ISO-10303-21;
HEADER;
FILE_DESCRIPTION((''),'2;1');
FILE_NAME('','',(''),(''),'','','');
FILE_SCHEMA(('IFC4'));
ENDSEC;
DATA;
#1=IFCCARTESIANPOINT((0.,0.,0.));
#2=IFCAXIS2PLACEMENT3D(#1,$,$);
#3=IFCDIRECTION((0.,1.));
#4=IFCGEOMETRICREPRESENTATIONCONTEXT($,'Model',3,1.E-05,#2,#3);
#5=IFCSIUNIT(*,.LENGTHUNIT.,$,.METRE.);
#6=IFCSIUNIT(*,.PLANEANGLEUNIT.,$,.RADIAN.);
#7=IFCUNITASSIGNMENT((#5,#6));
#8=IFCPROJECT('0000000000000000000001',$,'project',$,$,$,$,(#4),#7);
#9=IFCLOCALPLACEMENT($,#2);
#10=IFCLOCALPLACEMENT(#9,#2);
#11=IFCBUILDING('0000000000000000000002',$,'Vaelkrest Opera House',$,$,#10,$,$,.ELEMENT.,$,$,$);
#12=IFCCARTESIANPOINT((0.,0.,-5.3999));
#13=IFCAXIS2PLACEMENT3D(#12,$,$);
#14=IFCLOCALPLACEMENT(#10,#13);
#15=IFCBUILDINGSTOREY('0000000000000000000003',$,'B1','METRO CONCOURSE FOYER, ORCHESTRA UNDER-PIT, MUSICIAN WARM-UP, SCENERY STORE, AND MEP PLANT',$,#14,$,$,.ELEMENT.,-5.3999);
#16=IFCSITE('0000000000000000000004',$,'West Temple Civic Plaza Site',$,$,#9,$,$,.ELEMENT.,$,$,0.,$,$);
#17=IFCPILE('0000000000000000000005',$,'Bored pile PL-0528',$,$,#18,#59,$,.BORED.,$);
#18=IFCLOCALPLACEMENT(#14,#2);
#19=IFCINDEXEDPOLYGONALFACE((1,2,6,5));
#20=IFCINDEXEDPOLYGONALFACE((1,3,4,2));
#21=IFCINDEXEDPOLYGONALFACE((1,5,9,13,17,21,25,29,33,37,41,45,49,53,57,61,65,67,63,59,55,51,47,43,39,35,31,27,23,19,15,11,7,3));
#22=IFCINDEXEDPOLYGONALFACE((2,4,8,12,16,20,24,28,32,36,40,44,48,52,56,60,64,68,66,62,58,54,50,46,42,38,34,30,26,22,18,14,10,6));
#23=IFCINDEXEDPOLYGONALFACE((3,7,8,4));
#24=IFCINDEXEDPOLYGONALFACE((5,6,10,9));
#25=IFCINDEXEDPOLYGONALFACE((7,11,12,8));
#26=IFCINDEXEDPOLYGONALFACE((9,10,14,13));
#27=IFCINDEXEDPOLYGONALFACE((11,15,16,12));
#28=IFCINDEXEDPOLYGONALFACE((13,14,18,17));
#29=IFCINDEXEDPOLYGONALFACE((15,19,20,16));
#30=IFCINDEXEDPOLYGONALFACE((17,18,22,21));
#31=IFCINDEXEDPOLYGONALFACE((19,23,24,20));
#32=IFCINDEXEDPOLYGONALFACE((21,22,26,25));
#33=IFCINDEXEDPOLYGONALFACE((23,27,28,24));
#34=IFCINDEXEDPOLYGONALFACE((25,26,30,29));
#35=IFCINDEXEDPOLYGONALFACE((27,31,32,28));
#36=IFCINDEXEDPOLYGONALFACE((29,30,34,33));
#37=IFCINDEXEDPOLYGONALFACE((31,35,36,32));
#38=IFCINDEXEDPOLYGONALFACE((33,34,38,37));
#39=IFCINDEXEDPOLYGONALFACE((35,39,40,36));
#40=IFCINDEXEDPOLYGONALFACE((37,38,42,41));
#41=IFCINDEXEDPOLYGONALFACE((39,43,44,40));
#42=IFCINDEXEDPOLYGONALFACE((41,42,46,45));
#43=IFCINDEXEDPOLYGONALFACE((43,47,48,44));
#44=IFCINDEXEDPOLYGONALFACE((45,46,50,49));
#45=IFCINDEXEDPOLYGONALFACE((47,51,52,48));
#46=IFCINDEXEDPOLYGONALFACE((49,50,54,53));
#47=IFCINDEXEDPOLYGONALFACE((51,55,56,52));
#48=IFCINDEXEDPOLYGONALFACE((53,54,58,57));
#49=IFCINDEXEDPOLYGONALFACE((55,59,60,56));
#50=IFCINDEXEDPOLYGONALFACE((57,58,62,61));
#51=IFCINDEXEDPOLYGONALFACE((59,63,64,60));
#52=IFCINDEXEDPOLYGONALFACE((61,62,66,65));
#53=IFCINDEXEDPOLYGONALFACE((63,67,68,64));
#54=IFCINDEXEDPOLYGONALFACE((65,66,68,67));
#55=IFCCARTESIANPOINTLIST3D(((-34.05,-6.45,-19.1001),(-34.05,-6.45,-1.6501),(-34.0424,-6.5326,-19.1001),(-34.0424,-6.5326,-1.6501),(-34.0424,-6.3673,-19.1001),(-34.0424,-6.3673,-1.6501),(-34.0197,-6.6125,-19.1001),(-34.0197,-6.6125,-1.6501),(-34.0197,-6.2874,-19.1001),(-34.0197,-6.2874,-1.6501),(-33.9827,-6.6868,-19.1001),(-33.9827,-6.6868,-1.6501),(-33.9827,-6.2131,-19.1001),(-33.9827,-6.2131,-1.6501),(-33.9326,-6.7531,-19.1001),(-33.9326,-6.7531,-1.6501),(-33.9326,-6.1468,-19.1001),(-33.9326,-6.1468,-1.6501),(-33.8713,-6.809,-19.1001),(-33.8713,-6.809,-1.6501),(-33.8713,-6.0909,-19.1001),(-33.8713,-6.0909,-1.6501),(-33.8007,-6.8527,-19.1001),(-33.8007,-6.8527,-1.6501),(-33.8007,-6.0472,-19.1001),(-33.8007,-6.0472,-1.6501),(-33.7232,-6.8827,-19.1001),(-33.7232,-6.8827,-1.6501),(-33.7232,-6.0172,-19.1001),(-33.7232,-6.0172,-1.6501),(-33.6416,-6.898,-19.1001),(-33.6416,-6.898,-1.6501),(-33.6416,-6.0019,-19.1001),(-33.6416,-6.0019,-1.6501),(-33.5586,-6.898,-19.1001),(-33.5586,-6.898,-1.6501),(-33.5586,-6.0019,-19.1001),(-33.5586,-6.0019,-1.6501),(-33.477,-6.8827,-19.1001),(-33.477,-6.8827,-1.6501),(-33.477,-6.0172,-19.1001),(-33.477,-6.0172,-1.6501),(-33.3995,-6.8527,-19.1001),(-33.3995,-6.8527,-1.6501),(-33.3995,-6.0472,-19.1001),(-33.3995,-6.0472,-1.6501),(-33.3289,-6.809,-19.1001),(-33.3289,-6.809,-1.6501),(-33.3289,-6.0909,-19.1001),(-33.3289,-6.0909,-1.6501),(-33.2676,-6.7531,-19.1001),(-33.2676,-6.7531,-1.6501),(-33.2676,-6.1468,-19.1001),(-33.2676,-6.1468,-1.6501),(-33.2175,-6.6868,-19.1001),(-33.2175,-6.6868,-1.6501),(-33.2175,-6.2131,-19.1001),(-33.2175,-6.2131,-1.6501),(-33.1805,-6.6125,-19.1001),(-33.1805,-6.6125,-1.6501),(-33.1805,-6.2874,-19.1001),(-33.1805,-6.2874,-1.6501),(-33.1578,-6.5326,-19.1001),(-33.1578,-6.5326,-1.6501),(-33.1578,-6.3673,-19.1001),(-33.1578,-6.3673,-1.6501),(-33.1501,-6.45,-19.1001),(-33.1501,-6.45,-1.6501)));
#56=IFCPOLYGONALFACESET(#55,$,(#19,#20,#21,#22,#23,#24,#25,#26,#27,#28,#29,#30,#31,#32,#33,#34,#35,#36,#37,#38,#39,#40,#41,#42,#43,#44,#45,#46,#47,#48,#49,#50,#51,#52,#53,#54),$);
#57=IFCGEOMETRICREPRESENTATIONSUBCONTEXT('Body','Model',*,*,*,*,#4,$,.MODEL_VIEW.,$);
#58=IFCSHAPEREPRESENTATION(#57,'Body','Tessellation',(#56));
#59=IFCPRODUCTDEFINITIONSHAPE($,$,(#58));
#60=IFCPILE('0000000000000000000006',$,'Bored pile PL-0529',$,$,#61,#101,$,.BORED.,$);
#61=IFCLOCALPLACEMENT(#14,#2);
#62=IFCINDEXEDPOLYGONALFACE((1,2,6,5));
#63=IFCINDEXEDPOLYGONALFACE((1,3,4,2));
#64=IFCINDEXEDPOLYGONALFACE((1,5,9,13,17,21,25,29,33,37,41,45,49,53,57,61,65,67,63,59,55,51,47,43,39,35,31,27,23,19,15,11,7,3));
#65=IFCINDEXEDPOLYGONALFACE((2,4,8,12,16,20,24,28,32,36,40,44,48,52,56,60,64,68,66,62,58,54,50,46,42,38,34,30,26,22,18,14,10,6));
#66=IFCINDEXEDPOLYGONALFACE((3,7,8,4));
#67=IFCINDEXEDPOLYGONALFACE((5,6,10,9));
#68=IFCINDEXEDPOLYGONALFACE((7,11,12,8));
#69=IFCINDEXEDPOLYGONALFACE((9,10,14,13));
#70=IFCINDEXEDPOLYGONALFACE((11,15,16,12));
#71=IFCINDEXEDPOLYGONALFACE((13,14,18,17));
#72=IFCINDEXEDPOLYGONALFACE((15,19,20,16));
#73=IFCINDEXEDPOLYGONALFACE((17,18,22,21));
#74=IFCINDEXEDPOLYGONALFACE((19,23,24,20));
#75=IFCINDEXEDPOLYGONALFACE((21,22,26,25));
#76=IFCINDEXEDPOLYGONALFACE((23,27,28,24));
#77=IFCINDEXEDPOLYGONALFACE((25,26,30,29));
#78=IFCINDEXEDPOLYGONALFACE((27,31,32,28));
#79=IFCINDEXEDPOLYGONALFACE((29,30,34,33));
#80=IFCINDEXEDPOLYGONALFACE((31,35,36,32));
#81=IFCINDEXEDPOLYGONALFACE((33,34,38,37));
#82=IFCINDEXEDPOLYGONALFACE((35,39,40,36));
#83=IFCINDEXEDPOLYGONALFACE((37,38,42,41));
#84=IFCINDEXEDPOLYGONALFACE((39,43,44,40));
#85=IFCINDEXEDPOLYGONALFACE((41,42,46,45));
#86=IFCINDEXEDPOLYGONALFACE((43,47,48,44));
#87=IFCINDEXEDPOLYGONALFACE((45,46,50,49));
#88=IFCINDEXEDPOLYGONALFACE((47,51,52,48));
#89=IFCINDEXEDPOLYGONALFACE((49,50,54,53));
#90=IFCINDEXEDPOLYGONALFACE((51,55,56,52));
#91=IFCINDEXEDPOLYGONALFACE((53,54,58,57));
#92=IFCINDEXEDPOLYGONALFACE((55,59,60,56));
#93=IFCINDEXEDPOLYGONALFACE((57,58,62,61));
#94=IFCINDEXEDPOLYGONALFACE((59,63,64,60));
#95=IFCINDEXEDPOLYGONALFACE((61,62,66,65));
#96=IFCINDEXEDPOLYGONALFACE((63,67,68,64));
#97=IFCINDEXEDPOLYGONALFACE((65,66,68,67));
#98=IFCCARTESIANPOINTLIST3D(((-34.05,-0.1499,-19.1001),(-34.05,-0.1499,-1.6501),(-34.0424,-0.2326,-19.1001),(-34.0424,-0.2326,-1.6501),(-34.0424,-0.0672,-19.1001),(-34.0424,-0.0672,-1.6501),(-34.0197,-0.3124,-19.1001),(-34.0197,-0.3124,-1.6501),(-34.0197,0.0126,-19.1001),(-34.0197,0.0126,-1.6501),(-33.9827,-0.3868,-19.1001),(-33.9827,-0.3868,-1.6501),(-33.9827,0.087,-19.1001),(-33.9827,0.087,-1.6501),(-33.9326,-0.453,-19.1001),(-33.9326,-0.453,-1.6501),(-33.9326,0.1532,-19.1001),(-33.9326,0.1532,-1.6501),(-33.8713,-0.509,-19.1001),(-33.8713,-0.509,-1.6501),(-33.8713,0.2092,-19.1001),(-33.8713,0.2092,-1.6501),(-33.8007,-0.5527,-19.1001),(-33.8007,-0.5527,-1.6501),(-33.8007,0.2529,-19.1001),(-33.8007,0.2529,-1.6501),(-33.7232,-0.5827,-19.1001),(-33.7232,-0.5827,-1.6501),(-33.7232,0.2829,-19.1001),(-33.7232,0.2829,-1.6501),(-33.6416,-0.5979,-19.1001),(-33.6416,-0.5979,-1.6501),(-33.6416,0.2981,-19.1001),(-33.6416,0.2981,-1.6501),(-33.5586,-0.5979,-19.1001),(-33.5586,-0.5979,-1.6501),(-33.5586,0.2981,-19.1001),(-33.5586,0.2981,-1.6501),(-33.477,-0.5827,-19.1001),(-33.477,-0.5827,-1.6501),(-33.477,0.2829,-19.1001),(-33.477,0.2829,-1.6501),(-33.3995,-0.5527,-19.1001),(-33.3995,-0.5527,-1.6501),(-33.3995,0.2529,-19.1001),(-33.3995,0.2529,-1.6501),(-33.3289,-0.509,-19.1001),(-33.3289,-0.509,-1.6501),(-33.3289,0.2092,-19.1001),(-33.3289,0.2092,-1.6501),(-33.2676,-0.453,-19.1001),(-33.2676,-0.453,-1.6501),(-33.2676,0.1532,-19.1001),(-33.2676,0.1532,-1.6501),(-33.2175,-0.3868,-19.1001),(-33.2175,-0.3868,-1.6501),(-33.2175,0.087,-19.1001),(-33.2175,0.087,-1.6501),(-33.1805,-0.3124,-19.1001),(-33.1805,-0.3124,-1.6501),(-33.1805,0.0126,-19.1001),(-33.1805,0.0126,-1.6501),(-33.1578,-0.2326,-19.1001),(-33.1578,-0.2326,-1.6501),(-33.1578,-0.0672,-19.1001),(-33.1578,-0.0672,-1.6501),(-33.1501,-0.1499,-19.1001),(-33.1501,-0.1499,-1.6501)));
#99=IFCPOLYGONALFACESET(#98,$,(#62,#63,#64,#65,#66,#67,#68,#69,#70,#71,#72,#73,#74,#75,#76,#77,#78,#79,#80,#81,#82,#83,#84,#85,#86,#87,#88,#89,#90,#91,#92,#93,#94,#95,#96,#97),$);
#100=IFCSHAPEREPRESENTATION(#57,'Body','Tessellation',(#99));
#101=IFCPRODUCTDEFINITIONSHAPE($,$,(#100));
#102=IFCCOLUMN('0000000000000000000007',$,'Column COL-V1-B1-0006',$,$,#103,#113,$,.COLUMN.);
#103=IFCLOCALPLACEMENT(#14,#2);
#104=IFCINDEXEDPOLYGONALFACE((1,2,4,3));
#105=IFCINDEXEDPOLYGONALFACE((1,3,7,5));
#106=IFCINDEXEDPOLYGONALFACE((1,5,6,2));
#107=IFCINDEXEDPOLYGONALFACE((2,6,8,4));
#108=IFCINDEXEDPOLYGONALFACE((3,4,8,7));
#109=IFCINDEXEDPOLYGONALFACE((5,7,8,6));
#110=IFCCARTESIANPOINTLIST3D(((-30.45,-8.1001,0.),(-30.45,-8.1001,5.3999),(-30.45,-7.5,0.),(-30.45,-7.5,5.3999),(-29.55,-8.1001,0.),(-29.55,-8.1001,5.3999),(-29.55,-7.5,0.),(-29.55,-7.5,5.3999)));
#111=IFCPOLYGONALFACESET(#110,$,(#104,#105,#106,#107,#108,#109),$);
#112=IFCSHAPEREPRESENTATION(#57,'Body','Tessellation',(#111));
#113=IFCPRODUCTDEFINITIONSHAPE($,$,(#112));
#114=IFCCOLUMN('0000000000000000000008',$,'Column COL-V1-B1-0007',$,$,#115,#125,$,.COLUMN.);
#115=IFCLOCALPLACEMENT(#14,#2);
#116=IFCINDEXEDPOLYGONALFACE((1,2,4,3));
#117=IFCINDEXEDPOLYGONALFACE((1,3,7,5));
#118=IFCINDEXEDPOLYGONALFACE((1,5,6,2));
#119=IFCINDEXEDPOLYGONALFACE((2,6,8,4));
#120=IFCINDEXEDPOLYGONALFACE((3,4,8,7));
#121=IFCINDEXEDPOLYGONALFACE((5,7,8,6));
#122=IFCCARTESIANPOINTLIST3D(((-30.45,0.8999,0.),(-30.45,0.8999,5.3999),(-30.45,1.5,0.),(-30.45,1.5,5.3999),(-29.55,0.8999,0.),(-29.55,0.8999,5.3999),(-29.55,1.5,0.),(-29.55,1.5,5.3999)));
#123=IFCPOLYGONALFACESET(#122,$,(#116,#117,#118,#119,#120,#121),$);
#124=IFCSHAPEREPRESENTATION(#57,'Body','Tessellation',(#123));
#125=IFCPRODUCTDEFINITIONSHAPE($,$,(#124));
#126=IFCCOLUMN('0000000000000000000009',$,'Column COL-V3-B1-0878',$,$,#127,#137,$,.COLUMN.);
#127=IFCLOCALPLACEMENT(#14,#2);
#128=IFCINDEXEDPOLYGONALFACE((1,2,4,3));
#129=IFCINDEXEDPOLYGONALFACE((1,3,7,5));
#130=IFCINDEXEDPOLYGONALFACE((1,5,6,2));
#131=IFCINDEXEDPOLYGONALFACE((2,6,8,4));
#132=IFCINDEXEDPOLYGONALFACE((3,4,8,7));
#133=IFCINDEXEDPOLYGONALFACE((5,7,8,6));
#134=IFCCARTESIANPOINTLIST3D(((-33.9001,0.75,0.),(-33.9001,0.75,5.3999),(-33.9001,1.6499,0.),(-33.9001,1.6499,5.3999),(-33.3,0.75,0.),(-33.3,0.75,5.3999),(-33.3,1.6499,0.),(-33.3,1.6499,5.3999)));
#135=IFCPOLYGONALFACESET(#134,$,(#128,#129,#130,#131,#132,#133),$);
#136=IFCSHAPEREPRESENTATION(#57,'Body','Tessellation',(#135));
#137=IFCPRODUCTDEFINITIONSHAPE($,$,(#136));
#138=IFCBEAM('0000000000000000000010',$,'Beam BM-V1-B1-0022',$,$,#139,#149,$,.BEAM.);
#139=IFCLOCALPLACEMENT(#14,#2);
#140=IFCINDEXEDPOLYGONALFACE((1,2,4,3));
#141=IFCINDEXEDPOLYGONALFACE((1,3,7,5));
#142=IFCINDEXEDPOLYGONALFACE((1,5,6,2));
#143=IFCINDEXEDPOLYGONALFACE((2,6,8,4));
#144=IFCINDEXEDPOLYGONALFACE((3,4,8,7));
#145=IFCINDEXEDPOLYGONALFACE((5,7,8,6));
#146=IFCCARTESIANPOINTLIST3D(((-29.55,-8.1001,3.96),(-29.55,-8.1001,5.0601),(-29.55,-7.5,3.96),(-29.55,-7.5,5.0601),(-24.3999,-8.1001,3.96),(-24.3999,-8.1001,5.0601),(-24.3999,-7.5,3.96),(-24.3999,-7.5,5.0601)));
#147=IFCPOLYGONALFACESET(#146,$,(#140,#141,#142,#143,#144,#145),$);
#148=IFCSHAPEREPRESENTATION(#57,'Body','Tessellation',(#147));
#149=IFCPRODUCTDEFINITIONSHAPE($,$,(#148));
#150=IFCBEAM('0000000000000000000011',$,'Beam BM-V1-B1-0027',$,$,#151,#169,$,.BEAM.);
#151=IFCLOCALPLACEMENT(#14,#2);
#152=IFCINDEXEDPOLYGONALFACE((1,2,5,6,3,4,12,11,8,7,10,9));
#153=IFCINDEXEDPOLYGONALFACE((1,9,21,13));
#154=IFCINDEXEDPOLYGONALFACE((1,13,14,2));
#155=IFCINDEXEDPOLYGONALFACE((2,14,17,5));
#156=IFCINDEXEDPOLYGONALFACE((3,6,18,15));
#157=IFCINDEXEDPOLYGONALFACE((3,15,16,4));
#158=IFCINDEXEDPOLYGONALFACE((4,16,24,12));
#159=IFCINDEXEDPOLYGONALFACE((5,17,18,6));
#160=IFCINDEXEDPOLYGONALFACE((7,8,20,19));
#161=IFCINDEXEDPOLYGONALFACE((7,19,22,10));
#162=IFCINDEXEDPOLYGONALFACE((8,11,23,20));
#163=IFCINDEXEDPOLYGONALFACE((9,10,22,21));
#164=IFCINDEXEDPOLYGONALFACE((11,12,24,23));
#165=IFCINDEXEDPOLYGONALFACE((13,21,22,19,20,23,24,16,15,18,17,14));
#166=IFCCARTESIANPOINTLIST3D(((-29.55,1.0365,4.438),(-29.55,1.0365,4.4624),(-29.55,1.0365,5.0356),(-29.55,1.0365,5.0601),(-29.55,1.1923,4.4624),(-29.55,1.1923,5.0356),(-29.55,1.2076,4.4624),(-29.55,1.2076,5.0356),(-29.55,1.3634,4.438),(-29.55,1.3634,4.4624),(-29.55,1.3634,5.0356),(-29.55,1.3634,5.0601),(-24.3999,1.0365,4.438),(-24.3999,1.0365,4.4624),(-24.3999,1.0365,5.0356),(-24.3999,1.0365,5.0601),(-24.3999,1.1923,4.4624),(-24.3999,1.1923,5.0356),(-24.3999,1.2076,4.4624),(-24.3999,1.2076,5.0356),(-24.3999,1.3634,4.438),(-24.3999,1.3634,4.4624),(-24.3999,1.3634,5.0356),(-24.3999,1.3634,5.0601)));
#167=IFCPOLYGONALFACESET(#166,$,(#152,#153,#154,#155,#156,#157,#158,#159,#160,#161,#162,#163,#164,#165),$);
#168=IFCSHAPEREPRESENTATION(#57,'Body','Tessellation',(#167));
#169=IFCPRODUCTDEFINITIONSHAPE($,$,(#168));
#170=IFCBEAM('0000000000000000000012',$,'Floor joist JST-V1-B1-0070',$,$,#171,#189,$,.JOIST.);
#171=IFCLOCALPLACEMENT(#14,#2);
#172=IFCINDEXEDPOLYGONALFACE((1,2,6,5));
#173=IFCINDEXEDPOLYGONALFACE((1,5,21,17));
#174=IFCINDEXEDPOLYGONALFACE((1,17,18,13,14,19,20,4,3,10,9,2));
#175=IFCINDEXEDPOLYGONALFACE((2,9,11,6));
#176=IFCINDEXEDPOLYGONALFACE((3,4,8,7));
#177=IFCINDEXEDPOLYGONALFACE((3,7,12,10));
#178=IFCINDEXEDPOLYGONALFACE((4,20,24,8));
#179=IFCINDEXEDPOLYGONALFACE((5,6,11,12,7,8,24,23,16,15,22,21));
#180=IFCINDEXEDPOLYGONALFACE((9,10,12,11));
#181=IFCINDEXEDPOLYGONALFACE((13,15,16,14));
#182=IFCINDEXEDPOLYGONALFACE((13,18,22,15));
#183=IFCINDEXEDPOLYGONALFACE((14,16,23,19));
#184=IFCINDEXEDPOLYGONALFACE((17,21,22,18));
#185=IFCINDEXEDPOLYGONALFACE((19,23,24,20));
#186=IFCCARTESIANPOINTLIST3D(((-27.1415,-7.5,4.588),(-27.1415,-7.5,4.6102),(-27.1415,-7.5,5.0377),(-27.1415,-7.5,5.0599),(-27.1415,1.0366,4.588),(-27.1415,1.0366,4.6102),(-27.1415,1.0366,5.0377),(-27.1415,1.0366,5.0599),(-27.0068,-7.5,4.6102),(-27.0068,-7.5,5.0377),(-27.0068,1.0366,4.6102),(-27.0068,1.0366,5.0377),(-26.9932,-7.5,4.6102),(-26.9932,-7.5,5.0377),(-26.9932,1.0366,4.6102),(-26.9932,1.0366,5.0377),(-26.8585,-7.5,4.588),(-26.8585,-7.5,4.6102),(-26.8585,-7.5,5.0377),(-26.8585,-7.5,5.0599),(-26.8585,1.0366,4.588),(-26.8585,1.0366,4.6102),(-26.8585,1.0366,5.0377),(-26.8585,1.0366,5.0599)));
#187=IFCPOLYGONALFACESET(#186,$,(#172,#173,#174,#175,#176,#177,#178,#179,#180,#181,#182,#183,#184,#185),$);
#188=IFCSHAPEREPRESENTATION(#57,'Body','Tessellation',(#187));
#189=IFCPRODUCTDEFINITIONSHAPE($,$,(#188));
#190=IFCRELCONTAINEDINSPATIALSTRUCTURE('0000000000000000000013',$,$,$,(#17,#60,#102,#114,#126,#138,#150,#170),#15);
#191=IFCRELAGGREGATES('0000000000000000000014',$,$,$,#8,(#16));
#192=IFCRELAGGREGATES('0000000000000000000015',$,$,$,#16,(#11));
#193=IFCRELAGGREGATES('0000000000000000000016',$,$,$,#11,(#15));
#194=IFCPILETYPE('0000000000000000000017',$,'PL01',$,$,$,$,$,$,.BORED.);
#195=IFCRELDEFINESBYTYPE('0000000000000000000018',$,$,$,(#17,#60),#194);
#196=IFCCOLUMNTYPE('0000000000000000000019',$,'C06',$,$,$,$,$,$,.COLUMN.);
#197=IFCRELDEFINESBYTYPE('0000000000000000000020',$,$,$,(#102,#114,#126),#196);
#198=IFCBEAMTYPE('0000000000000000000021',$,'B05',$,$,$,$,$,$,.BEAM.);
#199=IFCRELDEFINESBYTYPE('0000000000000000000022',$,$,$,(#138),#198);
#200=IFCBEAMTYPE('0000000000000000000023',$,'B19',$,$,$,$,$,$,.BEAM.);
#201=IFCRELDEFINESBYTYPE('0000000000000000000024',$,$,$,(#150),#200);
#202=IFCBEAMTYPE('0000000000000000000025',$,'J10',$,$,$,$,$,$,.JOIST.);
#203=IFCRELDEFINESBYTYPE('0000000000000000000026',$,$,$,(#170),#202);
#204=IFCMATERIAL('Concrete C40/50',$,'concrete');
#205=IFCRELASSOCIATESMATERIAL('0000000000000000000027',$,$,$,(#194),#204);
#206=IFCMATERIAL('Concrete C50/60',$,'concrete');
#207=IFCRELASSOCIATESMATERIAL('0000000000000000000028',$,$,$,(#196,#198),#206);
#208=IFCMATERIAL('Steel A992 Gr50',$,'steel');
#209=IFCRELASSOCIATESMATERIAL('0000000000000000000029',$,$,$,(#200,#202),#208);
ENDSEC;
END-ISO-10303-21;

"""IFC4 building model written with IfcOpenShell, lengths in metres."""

from ifc_helpers import new_model, si_unit, direction, frame, origin, origin_2d, place, context, subcontext, project, spatial, rectangle, circle, i_section, extrude, material, material_profile, profile_set, type_object, element, save


model = new_model("IFC4")

# Units and contexts
model_context = context("Model", 3, precision=1e-05, world=origin(), true_north=direction((0.0, 1.0)))
body_context = subcontext(model_context, "Body", "Model", "MODEL_VIEW")
ifc_project = project(units=[si_unit("LENGTHUNIT", "METRE"), si_unit("PLANEANGLEUNIT", "RADIAN")], contexts=[model_context])

# Site, building, storey
site_placement = place(None, origin())
site = spatial("IfcSite", under=ifc_project, at=site_placement, Name="West Temple Civic Plaza Site", CompositionType="ELEMENT", RefElevation=0.0)
building_placement = place(site_placement, origin())
building = spatial("IfcBuilding", under=site, at=building_placement, Name="Vaelkrest Opera House", CompositionType="ELEMENT")
storey_placement = place(building_placement, frame((0.0, 0.0, -5.3999)))
storey = spatial("IfcBuildingStorey", under=building, at=storey_placement, Name="B1", Description="METRO CONCOURSE FOYER, ORCHESTRA UNDER-PIT, MUSICIAN WARM-UP, SCENERY STORE, AND MEP PLANT", CompositionType="ELEMENT", Elevation=-5.3999)

# Shared definitions
ifc_material_1 = material(Name="Concrete C40/50", Category="concrete")

# Piles
ifc_material_profile_1 = material_profile(ifc_material_1, circle(Radius=0.45, at=origin_2d()), Name="PILE900")
ifc_profile_set_1 = profile_set([ifc_material_profile_1], Name="Concrete C40/50")
pile_type = type_object("IfcPileType", Name="PL01", PredefinedType="BORED", material=ifc_profile_set_1)
for number, where, z_axis, x_axis, name in (
    (1, (-33.6001, -6.45, -1.6501), (0.0, 0.0, -1.0), (1.0, 0.0, 0.0), "Bored pile PL-0528"),
    (2, (-33.6001, -0.1499, -1.6501), (0.0, 0.0, -1.0), (1.0, 0.0, 0.0), "Bored pile PL-0529"),
):
    element("IfcPile", number, at=place(storey_placement, frame(where, z_axis=z_axis, x_axis=x_axis)), inside=storey, type_object=pile_type, Name=name, PredefinedType="BORED", context=body_context, shape_type="SweptSolid", body=[
        extrude(circle(Radius=0.45, at=origin_2d()), origin(), (0.0, 0.0, 1.0), 17.45),
    ])

# Columns
ifc_material_2 = material(Name="Concrete C50/60", Category="concrete")
ifc_material_profile_2 = material_profile(ifc_material_2, rectangle(XDim=0.6001, YDim=0.8999, at=origin_2d()), Name="RC600X900")
ifc_profile_set_2 = profile_set([ifc_material_profile_2], Name="Concrete C50/60")
column_type = type_object("IfcColumnType", Name="C06", PredefinedType="COLUMN", material=ifc_profile_set_2)
for number, where, z_axis, x_axis, name in (
    (3, (-30.0, -7.8, 0.0), (0.0, 0.0, 1.0), (0.0, 1.0, 0.0), "Column COL-V1-B1-0006"),
    (4, (-30.0, 1.2, 0.0), (0.0, 0.0, 1.0), (0.0, 1.0, 0.0), "Column COL-V1-B1-0007"),
    (5, (-33.6001, 1.2, 0.0), (0.0, 0.0, 1.0), (1.0, 0.0, 0.0), "Column COL-V3-B1-0878"),
):
    element("IfcColumn", number, at=place(storey_placement, frame(where, z_axis=z_axis, x_axis=x_axis)), inside=storey, type_object=column_type, Name=name, PredefinedType="COLUMN", context=body_context, shape_type="SweptSolid", body=[
        extrude(rectangle(XDim=0.6001, YDim=0.8999, at=origin_2d()), origin(), (0.0, 0.0, 1.0), 5.3999),
    ])

# Beams
ifc_material_profile_3 = material_profile(ifc_material_2, rectangle(XDim=0.6001, YDim=1.1001, at=origin_2d()), Name="RCB600X1100")
ifc_profile_set_3 = profile_set([ifc_material_profile_3], Name="Concrete C50/60")
beam_type_1 = type_object("IfcBeamType", Name="B05", PredefinedType="BEAM", material=ifc_profile_set_3)
beam_1_placement = place(storey_placement, frame((-29.55, -7.8, 4.51), z_axis=(1.0, 0.0, 0.0), x_axis=(0.0, 1.0, 0.0)))
element("IfcBeam", 6, at=beam_1_placement, inside=storey, type_object=beam_type_1, Name="Beam BM-V1-B1-0022", PredefinedType="BEAM", context=body_context, shape_type="SweptSolid", body=[
    extrude(rectangle(XDim=0.6001, YDim=1.1001, at=origin_2d()), origin(), (0.0, 0.0, 1.0), 5.1501),
])
ifc_material_3 = material(Name="Steel A992 Gr50", Category="steel")
ifc_material_profile_4 = material_profile(ifc_material_3, i_section(OverallWidth=0.3269, OverallDepth=0.6221, WebThickness=0.0154, FlangeThickness=0.0244, at=origin_2d()), Name="W24X131")
ifc_profile_set_4 = profile_set([ifc_material_profile_4], Name="Steel A992 Gr50")
beam_type_2 = type_object("IfcBeamType", Name="B19", PredefinedType="BEAM", material=ifc_profile_set_4)
beam_2_placement = place(storey_placement, frame((-29.55, 1.2, 4.749), z_axis=(1.0, 0.0, 0.0), x_axis=(0.0, 1.0, 0.0)))
element("IfcBeam", 7, at=beam_2_placement, inside=storey, type_object=beam_type_2, Name="Beam BM-V1-B1-0027", PredefinedType="BEAM", context=body_context, shape_type="SweptSolid", body=[
    extrude(i_section(OverallWidth=0.3269, OverallDepth=0.6221, WebThickness=0.0154, FlangeThickness=0.0244, at=origin_2d()), origin(), (0.0, 0.0, 1.0), 5.1501),
])
ifc_material_profile_5 = material_profile(ifc_material_3, i_section(OverallWidth=0.283, OverallDepth=0.4719, WebThickness=0.0137, FlangeThickness=0.0222, at=origin_2d()), Name="W18X97")
ifc_profile_set_5 = profile_set([ifc_material_profile_5], Name="Steel A992 Gr50")
beam_type_3 = type_object("IfcBeamType", Name="J10", PredefinedType="JOIST", material=ifc_profile_set_5)
beam_3_placement = place(storey_placement, frame((-27.0, -7.5, 4.824), z_axis=(0.0, 1.0, 0.0), x_axis=(-1.0, 0.0, 0.0)))
element("IfcBeam", 8, at=beam_3_placement, inside=storey, type_object=beam_type_3, Name="Floor joist JST-V1-B1-0070", PredefinedType="JOIST", context=body_context, shape_type="SweptSolid", body=[
    extrude(i_section(OverallWidth=0.283, OverallDepth=0.4719, WebThickness=0.0137, FlangeThickness=0.0222, at=origin_2d()), origin(), (0.0, 0.0, 1.0), 8.5366),
])

save(model, "model.ifc")
